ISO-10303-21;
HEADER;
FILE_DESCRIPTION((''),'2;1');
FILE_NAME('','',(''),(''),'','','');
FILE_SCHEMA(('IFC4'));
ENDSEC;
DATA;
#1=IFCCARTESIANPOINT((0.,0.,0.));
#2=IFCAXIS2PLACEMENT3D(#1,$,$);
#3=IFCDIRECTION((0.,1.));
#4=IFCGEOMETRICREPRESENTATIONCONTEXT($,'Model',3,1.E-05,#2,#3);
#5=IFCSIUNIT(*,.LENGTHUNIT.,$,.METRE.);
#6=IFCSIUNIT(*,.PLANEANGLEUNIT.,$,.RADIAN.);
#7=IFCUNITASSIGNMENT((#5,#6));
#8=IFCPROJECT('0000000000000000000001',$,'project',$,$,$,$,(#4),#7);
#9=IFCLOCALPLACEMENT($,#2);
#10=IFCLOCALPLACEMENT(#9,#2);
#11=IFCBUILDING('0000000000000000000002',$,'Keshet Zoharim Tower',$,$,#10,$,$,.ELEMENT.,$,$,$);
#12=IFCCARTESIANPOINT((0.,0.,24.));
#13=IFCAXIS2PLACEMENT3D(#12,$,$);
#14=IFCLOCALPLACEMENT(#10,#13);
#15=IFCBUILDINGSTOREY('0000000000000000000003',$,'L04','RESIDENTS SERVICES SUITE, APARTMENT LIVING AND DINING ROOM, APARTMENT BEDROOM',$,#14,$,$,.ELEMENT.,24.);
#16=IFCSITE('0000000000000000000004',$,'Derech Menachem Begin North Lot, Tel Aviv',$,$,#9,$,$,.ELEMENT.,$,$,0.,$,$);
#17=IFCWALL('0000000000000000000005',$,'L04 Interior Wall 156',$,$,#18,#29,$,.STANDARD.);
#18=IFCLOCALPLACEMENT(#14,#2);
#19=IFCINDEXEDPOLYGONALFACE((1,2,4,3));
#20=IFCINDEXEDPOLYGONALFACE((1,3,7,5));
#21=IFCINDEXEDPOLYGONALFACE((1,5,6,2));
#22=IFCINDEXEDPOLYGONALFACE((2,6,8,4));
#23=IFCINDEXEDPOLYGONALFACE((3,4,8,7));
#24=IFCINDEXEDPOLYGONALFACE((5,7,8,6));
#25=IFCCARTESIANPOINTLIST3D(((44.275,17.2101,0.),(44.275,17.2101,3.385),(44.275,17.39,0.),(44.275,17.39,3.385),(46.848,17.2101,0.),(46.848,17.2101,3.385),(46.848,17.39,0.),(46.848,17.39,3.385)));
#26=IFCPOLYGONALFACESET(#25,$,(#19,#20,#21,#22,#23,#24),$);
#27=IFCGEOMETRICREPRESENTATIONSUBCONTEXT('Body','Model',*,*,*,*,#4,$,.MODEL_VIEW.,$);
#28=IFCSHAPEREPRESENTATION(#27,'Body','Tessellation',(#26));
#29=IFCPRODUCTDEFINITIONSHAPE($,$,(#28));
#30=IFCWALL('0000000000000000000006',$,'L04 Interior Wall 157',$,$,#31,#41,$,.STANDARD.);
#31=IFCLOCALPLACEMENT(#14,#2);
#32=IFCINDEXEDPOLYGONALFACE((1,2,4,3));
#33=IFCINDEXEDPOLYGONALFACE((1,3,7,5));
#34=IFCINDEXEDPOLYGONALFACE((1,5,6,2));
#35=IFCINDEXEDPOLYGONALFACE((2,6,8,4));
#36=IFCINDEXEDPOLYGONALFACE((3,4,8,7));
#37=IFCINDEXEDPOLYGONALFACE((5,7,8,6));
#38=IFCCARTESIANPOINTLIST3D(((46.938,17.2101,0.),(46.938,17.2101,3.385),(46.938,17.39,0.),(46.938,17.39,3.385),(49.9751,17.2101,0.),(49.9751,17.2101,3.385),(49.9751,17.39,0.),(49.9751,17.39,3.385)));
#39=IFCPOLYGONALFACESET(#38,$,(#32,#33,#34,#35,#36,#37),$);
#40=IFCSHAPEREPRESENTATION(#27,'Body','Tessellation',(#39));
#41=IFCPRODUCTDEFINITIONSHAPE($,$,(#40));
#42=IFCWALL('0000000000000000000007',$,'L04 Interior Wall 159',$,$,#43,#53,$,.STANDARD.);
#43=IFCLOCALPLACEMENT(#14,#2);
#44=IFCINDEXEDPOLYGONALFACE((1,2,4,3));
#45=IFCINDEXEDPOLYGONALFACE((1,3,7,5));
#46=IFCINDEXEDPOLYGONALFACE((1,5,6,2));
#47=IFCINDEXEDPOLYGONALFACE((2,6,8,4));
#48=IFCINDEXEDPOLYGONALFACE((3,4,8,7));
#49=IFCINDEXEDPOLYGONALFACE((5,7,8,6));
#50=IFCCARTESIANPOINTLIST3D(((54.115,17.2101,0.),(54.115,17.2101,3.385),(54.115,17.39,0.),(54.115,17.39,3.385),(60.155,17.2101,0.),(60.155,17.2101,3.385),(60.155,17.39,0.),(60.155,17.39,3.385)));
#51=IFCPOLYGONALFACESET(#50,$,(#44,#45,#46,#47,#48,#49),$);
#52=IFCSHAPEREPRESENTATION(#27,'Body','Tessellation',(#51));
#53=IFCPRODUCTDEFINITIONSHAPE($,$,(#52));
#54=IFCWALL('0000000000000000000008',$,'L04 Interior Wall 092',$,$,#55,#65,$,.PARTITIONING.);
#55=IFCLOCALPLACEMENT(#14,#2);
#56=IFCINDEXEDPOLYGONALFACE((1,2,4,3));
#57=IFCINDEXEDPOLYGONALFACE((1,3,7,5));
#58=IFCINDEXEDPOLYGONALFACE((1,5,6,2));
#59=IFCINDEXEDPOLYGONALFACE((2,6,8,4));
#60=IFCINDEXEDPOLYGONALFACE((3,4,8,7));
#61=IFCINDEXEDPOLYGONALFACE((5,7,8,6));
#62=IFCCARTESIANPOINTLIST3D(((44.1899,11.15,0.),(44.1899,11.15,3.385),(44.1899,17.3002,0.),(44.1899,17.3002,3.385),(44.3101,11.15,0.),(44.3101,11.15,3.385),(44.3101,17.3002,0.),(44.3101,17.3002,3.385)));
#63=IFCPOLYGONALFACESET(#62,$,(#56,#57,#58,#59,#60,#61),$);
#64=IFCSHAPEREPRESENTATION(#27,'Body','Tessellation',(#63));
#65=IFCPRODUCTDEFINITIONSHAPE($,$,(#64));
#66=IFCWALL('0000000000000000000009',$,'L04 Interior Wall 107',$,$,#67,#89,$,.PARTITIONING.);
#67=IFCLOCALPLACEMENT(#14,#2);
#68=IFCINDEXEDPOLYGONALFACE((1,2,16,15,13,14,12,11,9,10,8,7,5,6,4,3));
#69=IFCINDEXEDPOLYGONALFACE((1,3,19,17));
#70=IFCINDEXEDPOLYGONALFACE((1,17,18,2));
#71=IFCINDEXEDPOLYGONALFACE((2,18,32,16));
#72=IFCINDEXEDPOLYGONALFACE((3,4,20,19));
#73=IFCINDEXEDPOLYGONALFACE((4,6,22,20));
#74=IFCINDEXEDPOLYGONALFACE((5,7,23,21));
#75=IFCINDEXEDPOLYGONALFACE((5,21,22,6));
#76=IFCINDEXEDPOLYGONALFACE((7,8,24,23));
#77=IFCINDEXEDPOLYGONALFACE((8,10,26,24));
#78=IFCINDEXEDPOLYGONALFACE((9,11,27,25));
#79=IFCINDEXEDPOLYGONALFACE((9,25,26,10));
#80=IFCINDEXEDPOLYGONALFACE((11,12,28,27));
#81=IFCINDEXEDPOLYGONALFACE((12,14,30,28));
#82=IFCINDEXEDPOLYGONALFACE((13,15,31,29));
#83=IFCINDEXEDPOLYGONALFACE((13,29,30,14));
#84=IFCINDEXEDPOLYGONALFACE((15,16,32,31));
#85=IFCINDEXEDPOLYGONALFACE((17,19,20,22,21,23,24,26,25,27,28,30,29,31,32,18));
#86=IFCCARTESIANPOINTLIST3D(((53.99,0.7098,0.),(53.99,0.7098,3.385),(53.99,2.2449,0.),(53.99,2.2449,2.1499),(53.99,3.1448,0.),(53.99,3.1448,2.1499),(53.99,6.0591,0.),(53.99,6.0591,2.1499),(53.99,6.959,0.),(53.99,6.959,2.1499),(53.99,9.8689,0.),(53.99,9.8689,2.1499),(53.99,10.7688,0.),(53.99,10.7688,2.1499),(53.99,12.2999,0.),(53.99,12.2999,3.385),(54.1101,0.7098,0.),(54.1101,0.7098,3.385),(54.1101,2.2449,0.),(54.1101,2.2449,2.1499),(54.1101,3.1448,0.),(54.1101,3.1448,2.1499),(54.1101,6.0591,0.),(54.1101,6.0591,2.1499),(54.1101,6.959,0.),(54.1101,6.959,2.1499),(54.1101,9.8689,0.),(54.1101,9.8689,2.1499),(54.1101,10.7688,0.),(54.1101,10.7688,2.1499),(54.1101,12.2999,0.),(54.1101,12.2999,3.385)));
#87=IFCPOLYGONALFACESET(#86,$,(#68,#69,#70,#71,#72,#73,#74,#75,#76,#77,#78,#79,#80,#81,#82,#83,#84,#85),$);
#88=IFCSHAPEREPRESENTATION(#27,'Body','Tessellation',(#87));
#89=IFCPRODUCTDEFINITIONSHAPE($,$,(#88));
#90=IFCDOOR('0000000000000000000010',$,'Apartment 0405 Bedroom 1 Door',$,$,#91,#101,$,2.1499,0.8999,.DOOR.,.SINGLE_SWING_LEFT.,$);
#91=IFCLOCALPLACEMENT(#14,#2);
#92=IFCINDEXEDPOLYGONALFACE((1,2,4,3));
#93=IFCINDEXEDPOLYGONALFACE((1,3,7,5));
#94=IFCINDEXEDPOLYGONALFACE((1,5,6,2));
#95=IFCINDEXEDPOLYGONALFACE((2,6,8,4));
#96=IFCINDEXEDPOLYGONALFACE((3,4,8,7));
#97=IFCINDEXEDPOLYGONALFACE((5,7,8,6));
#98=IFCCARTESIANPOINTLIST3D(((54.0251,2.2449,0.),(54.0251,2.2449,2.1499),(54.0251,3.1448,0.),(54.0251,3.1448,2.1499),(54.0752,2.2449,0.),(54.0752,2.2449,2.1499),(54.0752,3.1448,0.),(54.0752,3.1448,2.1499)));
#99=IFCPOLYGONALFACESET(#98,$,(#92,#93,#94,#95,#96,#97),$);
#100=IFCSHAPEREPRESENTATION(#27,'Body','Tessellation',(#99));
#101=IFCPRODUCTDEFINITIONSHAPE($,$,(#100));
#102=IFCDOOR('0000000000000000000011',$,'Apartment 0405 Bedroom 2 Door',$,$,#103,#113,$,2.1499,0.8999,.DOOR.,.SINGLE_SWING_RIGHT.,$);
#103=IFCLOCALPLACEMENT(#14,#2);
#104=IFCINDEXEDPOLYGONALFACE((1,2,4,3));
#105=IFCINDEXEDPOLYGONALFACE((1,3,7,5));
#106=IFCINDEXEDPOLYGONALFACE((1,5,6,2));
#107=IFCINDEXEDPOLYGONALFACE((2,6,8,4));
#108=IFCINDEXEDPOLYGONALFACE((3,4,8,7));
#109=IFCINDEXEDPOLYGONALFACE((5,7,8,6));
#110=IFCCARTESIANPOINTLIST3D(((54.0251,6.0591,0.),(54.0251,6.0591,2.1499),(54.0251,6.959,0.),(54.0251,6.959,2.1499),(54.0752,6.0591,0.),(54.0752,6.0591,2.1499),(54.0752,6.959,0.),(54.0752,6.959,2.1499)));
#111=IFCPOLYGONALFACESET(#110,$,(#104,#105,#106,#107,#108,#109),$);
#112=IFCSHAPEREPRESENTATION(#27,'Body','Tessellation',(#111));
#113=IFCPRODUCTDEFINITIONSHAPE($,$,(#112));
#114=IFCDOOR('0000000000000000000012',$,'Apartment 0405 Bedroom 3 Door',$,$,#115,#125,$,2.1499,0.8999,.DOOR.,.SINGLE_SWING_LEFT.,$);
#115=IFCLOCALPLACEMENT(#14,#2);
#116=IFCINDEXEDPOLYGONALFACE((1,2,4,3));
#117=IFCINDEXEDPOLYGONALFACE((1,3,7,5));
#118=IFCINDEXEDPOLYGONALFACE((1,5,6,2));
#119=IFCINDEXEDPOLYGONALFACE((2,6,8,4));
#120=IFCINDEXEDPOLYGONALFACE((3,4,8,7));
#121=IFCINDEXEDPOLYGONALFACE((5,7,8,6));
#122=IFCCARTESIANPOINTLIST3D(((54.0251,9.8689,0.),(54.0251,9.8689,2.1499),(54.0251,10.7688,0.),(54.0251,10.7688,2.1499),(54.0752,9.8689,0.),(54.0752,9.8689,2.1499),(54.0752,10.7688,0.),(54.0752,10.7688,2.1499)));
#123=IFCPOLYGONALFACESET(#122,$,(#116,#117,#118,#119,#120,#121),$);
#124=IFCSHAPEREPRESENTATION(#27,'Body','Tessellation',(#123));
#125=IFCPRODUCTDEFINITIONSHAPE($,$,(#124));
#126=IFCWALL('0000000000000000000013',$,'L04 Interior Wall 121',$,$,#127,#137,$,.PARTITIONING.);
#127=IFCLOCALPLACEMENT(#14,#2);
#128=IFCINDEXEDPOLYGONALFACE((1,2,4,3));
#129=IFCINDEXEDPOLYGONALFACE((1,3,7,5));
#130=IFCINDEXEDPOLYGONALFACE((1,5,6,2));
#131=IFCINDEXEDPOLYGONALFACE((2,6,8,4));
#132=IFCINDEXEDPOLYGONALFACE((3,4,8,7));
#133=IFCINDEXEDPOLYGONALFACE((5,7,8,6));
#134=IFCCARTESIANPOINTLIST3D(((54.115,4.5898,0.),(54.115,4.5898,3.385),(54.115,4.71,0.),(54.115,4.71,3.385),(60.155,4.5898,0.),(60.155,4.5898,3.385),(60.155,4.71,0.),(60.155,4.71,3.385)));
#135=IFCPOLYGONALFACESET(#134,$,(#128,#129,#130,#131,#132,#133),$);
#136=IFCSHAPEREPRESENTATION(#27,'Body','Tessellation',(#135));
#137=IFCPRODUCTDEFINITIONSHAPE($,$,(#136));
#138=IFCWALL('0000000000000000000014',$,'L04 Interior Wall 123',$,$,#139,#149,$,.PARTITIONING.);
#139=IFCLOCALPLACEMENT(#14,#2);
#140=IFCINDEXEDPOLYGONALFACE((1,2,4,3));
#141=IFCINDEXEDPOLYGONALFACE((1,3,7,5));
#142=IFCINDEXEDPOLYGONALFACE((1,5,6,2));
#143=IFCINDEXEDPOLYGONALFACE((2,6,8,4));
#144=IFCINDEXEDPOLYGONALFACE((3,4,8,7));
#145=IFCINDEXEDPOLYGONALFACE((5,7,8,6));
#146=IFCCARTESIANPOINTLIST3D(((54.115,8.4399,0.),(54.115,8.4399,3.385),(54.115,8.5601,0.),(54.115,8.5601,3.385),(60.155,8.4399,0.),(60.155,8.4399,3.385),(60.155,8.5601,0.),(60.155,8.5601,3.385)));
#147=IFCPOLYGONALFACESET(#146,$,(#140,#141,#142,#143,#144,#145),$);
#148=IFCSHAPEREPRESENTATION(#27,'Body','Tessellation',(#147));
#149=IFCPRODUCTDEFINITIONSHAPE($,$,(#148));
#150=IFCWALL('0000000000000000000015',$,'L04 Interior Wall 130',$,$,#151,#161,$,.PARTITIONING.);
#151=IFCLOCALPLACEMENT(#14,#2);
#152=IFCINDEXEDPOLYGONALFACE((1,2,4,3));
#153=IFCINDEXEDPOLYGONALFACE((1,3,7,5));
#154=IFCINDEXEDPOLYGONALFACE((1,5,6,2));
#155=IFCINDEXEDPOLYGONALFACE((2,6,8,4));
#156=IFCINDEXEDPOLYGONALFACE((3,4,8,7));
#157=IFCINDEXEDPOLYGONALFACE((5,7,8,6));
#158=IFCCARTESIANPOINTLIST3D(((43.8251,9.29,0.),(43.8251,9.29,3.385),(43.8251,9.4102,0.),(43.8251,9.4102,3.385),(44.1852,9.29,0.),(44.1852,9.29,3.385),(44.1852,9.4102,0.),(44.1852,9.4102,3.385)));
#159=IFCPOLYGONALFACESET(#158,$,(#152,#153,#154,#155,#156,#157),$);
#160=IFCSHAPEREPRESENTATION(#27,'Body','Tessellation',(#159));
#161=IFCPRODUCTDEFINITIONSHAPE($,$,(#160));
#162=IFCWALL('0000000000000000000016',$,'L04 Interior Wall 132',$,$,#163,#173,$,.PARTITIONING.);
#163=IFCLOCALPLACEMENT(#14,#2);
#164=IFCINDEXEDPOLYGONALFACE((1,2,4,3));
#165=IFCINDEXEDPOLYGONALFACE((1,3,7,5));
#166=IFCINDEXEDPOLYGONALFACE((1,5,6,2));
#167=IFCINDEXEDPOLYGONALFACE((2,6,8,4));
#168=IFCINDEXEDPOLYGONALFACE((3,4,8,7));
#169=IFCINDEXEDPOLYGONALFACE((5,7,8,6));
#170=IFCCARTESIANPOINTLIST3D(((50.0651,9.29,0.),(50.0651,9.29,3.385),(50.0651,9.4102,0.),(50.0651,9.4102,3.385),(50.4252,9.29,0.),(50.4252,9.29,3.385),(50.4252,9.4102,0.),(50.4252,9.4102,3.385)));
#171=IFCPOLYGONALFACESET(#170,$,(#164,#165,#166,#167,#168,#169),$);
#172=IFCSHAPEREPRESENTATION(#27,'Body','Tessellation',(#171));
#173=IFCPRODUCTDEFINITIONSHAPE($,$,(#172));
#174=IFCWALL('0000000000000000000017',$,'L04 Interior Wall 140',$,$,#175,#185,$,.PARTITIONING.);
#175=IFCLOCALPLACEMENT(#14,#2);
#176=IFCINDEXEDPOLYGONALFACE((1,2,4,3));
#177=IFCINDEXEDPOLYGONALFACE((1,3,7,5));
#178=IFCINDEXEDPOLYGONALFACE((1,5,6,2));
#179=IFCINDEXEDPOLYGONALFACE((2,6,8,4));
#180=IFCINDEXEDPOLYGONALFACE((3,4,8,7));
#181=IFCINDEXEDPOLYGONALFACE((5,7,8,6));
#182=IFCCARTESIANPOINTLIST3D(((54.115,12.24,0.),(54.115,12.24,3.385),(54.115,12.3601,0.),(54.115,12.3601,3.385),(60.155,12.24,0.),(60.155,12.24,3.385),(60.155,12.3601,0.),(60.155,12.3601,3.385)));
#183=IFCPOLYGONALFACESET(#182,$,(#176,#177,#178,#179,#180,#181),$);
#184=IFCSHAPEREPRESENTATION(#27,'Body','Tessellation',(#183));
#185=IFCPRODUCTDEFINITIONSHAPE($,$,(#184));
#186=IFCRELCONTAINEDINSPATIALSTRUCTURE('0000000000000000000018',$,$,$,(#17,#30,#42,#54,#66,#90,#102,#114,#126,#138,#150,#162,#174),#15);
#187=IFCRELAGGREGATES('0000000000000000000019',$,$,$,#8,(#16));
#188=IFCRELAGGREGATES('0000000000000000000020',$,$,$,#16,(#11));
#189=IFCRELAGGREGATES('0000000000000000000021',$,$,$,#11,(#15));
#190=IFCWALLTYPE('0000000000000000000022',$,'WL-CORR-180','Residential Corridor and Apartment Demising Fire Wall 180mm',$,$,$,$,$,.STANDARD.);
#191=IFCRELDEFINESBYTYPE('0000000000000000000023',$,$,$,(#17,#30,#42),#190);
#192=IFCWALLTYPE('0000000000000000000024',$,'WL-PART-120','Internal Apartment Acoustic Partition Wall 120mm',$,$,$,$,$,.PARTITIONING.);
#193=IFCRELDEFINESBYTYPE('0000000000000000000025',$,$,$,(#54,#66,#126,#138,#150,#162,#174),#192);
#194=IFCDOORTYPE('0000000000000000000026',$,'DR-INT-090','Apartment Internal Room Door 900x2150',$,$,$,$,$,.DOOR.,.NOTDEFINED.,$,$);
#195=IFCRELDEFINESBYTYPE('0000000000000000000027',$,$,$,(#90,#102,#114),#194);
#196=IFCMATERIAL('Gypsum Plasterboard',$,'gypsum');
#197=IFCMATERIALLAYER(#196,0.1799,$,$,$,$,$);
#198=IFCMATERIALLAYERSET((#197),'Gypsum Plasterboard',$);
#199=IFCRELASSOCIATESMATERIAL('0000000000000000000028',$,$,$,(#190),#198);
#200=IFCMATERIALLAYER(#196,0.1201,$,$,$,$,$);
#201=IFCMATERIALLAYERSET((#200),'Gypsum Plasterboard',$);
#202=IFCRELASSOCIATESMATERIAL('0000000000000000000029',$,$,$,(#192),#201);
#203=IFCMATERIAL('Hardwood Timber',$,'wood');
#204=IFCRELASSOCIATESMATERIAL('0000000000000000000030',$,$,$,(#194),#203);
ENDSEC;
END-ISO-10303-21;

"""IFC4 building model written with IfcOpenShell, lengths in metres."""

from ifc_helpers import new_model, si_unit, direction, frame, frame_2d, origin, place, context, subcontext, project, spatial, rectangle, extrude, material, layer, layer_set, type_object, element, fill, save


model = new_model("IFC4")

# Units and contexts
model_context = context("Model", 3, precision=1e-05, world=origin(), true_north=direction((0.0, 1.0)))
body_context = subcontext(model_context, "Body", "Model", "MODEL_VIEW")
ifc_project = project(units=[si_unit("LENGTHUNIT", "METRE"), si_unit("PLANEANGLEUNIT", "RADIAN")], contexts=[model_context])

# Site, building, storey
site_placement = place(None, origin())
site = spatial("IfcSite", under=ifc_project, at=site_placement, Name="Derech Menachem Begin North Lot, Tel Aviv", CompositionType="ELEMENT", RefElevation=0.0)
building_placement = place(site_placement, origin())
building = spatial("IfcBuilding", under=site, at=building_placement, Name="Keshet Zoharim Tower", CompositionType="ELEMENT")
storey_placement = place(building_placement, frame((0.0, 0.0, 24.0)))
storey = spatial("IfcBuildingStorey", under=building, at=storey_placement, Name="L04", Description="RESIDENTS SERVICES SUITE, APARTMENT LIVING AND DINING ROOM, APARTMENT BEDROOM", CompositionType="ELEMENT", Elevation=24.0)

# Walls
ifc_material_1 = material(Name="Gypsum Plasterboard", Category="gypsum")
ifc_layer_1 = layer(ifc_material_1, 0.1799)
ifc_layer_set_1 = layer_set([ifc_layer_1], Name="Gypsum Plasterboard")
wall_type_1 = type_object("IfcWallType", Name="WL-CORR-180", Description="Residential Corridor and Apartment Demising Fire Wall 180mm", PredefinedType="STANDARD", material=ifc_layer_set_1)
wall_1_placement = place(storey_placement, frame((44.2749, 17.3, 0.0), z_axis=(0.0, 0.0, 1.0), x_axis=(1.0, 0.0, 0.0)))
element("IfcWall", 1, at=wall_1_placement, inside=storey, type_object=wall_type_1, Name="L04 Interior Wall 156", PredefinedType="STANDARD", context=body_context, shape_type="SweptSolid", body=[
    extrude(rectangle(XDim=2.573, YDim=0.1799, at=frame_2d((1.2866, 0.0))), origin(), (0.0, 0.0, 1.0), 3.385),
])
wall_2_placement = place(storey_placement, frame((46.938, 17.3, 0.0), z_axis=(0.0, 0.0, 1.0), x_axis=(1.0, 0.0, 0.0)))
element("IfcWall", 2, at=wall_2_placement, inside=storey, type_object=wall_type_1, Name="L04 Interior Wall 157", PredefinedType="STANDARD", context=body_context, shape_type="SweptSolid", body=[
    extrude(rectangle(XDim=3.0371, YDim=0.1799, at=frame_2d((1.5186, 0.0))), origin(), (0.0, 0.0, 1.0), 3.385),
])

# Shared definitions
ifc_material_2 = material(Name="Hardwood Timber", Category="wood")

# Walls
wall_3_placement = place(storey_placement, frame((54.115, 17.3, 0.0), z_axis=(0.0, 0.0, 1.0), x_axis=(1.0, 0.0, 0.0)))
element("IfcWall", 3, at=wall_3_placement, inside=storey, type_object=wall_type_1, Name="L04 Interior Wall 159", PredefinedType="STANDARD", context=body_context, shape_type="SweptSolid", body=[
    extrude(rectangle(XDim=6.04, YDim=0.1799, at=frame_2d((3.02, 0.0))), origin(), (0.0, 0.0, 1.0), 3.385),
])
ifc_layer_2 = layer(ifc_material_1, 0.1201)
ifc_layer_set_2 = layer_set([ifc_layer_2], Name="Gypsum Plasterboard")
wall_type_2 = type_object("IfcWallType", Name="WL-PART-120", Description="Internal Apartment Acoustic Partition Wall 120mm", PredefinedType="PARTITIONING", material=ifc_layer_set_2)
wall_4_placement = place(storey_placement, frame((44.25, 11.1499, 0.0), z_axis=(0.0, 0.0, 1.0), x_axis=(0.0, 1.0, 0.0)))
element("IfcWall", 4, at=wall_4_placement, inside=storey, type_object=wall_type_2, Name="L04 Interior Wall 092", PredefinedType="PARTITIONING", context=body_context, shape_type="SweptSolid", body=[
    extrude(rectangle(XDim=6.1501, YDim=0.1201, at=frame_2d((3.0752, 0.0))), origin(), (0.0, 0.0, 1.0), 3.385),
])

# Wall, openings, doors
wall_5_placement = place(storey_placement, frame((54.05, 0.71, 0.0), z_axis=(0.0, 0.0, 1.0), x_axis=(0.0, 1.0, 0.0)))
wall_5 = element("IfcWall", 5, at=wall_5_placement, inside=storey, type_object=wall_type_2, Name="L04 Interior Wall 107", PredefinedType="PARTITIONING", context=body_context, shape_type="SweptSolid", body=[
    extrude(rectangle(XDim=11.5901, YDim=0.1201, at=frame_2d((5.7949, 0.0))), origin(), (0.0, 0.0, 1.0), 3.385),
])
opening_1_placement = place(wall_5_placement, frame((1.5349, 0.0, 0.0)))
opening_1 = element("IfcOpeningElement", 6, at=opening_1_placement, cuts=wall_5, PredefinedType="OPENING", context=body_context, shape_type="SweptSolid", body=[
    extrude(rectangle(XDim=0.8999, YDim=2.1499, at=frame_2d((0.45, 1.075))), frame((0.0, 0.0701, 0.0), z_axis=(0.0, -1.0, 0.0), x_axis=(1.0, 0.0, 0.0)), (0.0, 0.0, 1.0), 0.1401),
])
opening_2_placement = place(wall_5_placement, frame((5.3491, 0.0, 0.0)))
opening_2 = element("IfcOpeningElement", 7, at=opening_2_placement, cuts=wall_5, PredefinedType="OPENING", context=body_context, shape_type="SweptSolid", body=[
    extrude(rectangle(XDim=0.8999, YDim=2.1499, at=frame_2d((0.45, 1.075))), frame((0.0, 0.0701, 0.0), z_axis=(0.0, -1.0, 0.0), x_axis=(1.0, 0.0, 0.0)), (0.0, 0.0, 1.0), 0.1401),
])
opening_3_placement = place(wall_5_placement, frame((9.1589, 0.0, 0.0)))
opening_3 = element("IfcOpeningElement", 8, at=opening_3_placement, cuts=wall_5, PredefinedType="OPENING", context=body_context, shape_type="SweptSolid", body=[
    extrude(rectangle(XDim=0.8999, YDim=2.1499, at=frame_2d((0.45, 1.075))), frame((0.0, 0.0701, 0.0), z_axis=(0.0, -1.0, 0.0), x_axis=(1.0, 0.0, 0.0)), (0.0, 0.0, 1.0), 0.1401),
])
door_type_1 = type_object("IfcDoorType", Name="DR-INT-090", Description="Apartment Internal Room Door 900x2150", OperationType="NOTDEFINED", PredefinedType="DOOR", material=ifc_material_2)
door_1_placement = place(opening_1_placement, origin())
door_1 = element("IfcDoor", 9, at=door_1_placement, inside=storey, type_object=door_type_1, Name="Apartment 0405 Bedroom 1 Door", OperationType="SINGLE_SWING_LEFT", OverallHeight=2.1499, OverallWidth=0.8999, PredefinedType="DOOR", context=body_context, shape_type="SweptSolid", body=[
    extrude(rectangle(XDim=0.8999, YDim=2.1499, at=frame_2d((0.45, 1.075))), frame((0.0, 0.0249, 0.0), z_axis=(0.0, -1.0, 0.0), x_axis=(1.0, 0.0, 0.0)), (0.0, 0.0, 1.0), 0.05),
])
fill(opening_1, door_1)
door_2_placement = place(opening_2_placement, origin())
door_2 = element("IfcDoor", 10, at=door_2_placement, inside=storey, type_object=door_type_1, Name="Apartment 0405 Bedroom 2 Door", OperationType="SINGLE_SWING_RIGHT", OverallHeight=2.1499, OverallWidth=0.8999, PredefinedType="DOOR", context=body_context, shape_type="SweptSolid", body=[
    extrude(rectangle(XDim=0.8999, YDim=2.1499, at=frame_2d((0.45, 1.075))), frame((0.0, 0.0249, 0.0), z_axis=(0.0, -1.0, 0.0), x_axis=(1.0, 0.0, 0.0)), (0.0, 0.0, 1.0), 0.05),
])
fill(opening_2, door_2)
door_3_placement = place(opening_3_placement, origin())
door_3 = element("IfcDoor", 11, at=door_3_placement, inside=storey, type_object=door_type_1, Name="Apartment 0405 Bedroom 3 Door", OperationType="SINGLE_SWING_LEFT", OverallHeight=2.1499, OverallWidth=0.8999, PredefinedType="DOOR", context=body_context, shape_type="SweptSolid", body=[
    extrude(rectangle(XDim=0.8999, YDim=2.1499, at=frame_2d((0.45, 1.075))), frame((0.0, 0.0249, 0.0), z_axis=(0.0, -1.0, 0.0), x_axis=(1.0, 0.0, 0.0)), (0.0, 0.0, 1.0), 0.05),
])
fill(opening_3, door_3)

# Walls
for number, where, z_axis, x_axis, name in (
    (12, (54.115, 4.6499, 0.0), (0.0, 0.0, 1.0), (1.0, 0.0, 0.0), "L04 Interior Wall 121"),
    (13, (54.115, 8.5, 0.0), (0.0, 0.0, 1.0), (1.0, 0.0, 0.0), "L04 Interior Wall 123"),
):
    element("IfcWall", number, at=place(storey_placement, frame(where, z_axis=z_axis, x_axis=x_axis)), inside=storey, type_object=wall_type_2, Name=name, PredefinedType="PARTITIONING", context=body_context, shape_type="SweptSolid", body=[
        extrude(rectangle(XDim=6.04, YDim=0.1201, at=frame_2d((3.02, 0.0))), origin(), (0.0, 0.0, 1.0), 3.385),
    ])
wall_6_placement = place(storey_placement, frame((43.825, 9.3501, 0.0), z_axis=(0.0, 0.0, 1.0), x_axis=(1.0, 0.0, 0.0)))
element("IfcWall", 14, at=wall_6_placement, inside=storey, type_object=wall_type_2, Name="L04 Interior Wall 130", PredefinedType="PARTITIONING", context=body_context, shape_type="SweptSolid", body=[
    extrude(rectangle(XDim=0.3601, YDim=0.1201, at=frame_2d((0.1802, 0.0))), origin(), (0.0, 0.0, 1.0), 3.385),
])

# Wall
wall_7_placement = place(storey_placement, frame((50.0649, 9.3501, 0.0), z_axis=(0.0, 0.0, 1.0), x_axis=(1.0, 0.0, 0.0)))
element("IfcWall", 15, at=wall_7_placement, inside=storey, type_object=wall_type_2, Name="L04 Interior Wall 132", PredefinedType="PARTITIONING", context=body_context, shape_type="SweptSolid", body=[
    extrude(rectangle(XDim=0.3601, YDim=0.1201, at=frame_2d((0.1802, 0.0))), origin(), (0.0, 0.0, 1.0), 3.385),
])

# Wall
wall_8_placement = place(storey_placement, frame((54.115, 12.3, 0.0), z_axis=(0.0, 0.0, 1.0), x_axis=(1.0, 0.0, 0.0)))
element("IfcWall", 16, at=wall_8_placement, inside=storey, type_object=wall_type_2, Name="L04 Interior Wall 140", PredefinedType="PARTITIONING", context=body_context, shape_type="SweptSolid", body=[
    extrude(rectangle(XDim=6.04, YDim=0.1201, at=frame_2d((3.02, 0.0))), origin(), (0.0, 0.0, 1.0), 3.385),
])

save(model, "model.ifc")
